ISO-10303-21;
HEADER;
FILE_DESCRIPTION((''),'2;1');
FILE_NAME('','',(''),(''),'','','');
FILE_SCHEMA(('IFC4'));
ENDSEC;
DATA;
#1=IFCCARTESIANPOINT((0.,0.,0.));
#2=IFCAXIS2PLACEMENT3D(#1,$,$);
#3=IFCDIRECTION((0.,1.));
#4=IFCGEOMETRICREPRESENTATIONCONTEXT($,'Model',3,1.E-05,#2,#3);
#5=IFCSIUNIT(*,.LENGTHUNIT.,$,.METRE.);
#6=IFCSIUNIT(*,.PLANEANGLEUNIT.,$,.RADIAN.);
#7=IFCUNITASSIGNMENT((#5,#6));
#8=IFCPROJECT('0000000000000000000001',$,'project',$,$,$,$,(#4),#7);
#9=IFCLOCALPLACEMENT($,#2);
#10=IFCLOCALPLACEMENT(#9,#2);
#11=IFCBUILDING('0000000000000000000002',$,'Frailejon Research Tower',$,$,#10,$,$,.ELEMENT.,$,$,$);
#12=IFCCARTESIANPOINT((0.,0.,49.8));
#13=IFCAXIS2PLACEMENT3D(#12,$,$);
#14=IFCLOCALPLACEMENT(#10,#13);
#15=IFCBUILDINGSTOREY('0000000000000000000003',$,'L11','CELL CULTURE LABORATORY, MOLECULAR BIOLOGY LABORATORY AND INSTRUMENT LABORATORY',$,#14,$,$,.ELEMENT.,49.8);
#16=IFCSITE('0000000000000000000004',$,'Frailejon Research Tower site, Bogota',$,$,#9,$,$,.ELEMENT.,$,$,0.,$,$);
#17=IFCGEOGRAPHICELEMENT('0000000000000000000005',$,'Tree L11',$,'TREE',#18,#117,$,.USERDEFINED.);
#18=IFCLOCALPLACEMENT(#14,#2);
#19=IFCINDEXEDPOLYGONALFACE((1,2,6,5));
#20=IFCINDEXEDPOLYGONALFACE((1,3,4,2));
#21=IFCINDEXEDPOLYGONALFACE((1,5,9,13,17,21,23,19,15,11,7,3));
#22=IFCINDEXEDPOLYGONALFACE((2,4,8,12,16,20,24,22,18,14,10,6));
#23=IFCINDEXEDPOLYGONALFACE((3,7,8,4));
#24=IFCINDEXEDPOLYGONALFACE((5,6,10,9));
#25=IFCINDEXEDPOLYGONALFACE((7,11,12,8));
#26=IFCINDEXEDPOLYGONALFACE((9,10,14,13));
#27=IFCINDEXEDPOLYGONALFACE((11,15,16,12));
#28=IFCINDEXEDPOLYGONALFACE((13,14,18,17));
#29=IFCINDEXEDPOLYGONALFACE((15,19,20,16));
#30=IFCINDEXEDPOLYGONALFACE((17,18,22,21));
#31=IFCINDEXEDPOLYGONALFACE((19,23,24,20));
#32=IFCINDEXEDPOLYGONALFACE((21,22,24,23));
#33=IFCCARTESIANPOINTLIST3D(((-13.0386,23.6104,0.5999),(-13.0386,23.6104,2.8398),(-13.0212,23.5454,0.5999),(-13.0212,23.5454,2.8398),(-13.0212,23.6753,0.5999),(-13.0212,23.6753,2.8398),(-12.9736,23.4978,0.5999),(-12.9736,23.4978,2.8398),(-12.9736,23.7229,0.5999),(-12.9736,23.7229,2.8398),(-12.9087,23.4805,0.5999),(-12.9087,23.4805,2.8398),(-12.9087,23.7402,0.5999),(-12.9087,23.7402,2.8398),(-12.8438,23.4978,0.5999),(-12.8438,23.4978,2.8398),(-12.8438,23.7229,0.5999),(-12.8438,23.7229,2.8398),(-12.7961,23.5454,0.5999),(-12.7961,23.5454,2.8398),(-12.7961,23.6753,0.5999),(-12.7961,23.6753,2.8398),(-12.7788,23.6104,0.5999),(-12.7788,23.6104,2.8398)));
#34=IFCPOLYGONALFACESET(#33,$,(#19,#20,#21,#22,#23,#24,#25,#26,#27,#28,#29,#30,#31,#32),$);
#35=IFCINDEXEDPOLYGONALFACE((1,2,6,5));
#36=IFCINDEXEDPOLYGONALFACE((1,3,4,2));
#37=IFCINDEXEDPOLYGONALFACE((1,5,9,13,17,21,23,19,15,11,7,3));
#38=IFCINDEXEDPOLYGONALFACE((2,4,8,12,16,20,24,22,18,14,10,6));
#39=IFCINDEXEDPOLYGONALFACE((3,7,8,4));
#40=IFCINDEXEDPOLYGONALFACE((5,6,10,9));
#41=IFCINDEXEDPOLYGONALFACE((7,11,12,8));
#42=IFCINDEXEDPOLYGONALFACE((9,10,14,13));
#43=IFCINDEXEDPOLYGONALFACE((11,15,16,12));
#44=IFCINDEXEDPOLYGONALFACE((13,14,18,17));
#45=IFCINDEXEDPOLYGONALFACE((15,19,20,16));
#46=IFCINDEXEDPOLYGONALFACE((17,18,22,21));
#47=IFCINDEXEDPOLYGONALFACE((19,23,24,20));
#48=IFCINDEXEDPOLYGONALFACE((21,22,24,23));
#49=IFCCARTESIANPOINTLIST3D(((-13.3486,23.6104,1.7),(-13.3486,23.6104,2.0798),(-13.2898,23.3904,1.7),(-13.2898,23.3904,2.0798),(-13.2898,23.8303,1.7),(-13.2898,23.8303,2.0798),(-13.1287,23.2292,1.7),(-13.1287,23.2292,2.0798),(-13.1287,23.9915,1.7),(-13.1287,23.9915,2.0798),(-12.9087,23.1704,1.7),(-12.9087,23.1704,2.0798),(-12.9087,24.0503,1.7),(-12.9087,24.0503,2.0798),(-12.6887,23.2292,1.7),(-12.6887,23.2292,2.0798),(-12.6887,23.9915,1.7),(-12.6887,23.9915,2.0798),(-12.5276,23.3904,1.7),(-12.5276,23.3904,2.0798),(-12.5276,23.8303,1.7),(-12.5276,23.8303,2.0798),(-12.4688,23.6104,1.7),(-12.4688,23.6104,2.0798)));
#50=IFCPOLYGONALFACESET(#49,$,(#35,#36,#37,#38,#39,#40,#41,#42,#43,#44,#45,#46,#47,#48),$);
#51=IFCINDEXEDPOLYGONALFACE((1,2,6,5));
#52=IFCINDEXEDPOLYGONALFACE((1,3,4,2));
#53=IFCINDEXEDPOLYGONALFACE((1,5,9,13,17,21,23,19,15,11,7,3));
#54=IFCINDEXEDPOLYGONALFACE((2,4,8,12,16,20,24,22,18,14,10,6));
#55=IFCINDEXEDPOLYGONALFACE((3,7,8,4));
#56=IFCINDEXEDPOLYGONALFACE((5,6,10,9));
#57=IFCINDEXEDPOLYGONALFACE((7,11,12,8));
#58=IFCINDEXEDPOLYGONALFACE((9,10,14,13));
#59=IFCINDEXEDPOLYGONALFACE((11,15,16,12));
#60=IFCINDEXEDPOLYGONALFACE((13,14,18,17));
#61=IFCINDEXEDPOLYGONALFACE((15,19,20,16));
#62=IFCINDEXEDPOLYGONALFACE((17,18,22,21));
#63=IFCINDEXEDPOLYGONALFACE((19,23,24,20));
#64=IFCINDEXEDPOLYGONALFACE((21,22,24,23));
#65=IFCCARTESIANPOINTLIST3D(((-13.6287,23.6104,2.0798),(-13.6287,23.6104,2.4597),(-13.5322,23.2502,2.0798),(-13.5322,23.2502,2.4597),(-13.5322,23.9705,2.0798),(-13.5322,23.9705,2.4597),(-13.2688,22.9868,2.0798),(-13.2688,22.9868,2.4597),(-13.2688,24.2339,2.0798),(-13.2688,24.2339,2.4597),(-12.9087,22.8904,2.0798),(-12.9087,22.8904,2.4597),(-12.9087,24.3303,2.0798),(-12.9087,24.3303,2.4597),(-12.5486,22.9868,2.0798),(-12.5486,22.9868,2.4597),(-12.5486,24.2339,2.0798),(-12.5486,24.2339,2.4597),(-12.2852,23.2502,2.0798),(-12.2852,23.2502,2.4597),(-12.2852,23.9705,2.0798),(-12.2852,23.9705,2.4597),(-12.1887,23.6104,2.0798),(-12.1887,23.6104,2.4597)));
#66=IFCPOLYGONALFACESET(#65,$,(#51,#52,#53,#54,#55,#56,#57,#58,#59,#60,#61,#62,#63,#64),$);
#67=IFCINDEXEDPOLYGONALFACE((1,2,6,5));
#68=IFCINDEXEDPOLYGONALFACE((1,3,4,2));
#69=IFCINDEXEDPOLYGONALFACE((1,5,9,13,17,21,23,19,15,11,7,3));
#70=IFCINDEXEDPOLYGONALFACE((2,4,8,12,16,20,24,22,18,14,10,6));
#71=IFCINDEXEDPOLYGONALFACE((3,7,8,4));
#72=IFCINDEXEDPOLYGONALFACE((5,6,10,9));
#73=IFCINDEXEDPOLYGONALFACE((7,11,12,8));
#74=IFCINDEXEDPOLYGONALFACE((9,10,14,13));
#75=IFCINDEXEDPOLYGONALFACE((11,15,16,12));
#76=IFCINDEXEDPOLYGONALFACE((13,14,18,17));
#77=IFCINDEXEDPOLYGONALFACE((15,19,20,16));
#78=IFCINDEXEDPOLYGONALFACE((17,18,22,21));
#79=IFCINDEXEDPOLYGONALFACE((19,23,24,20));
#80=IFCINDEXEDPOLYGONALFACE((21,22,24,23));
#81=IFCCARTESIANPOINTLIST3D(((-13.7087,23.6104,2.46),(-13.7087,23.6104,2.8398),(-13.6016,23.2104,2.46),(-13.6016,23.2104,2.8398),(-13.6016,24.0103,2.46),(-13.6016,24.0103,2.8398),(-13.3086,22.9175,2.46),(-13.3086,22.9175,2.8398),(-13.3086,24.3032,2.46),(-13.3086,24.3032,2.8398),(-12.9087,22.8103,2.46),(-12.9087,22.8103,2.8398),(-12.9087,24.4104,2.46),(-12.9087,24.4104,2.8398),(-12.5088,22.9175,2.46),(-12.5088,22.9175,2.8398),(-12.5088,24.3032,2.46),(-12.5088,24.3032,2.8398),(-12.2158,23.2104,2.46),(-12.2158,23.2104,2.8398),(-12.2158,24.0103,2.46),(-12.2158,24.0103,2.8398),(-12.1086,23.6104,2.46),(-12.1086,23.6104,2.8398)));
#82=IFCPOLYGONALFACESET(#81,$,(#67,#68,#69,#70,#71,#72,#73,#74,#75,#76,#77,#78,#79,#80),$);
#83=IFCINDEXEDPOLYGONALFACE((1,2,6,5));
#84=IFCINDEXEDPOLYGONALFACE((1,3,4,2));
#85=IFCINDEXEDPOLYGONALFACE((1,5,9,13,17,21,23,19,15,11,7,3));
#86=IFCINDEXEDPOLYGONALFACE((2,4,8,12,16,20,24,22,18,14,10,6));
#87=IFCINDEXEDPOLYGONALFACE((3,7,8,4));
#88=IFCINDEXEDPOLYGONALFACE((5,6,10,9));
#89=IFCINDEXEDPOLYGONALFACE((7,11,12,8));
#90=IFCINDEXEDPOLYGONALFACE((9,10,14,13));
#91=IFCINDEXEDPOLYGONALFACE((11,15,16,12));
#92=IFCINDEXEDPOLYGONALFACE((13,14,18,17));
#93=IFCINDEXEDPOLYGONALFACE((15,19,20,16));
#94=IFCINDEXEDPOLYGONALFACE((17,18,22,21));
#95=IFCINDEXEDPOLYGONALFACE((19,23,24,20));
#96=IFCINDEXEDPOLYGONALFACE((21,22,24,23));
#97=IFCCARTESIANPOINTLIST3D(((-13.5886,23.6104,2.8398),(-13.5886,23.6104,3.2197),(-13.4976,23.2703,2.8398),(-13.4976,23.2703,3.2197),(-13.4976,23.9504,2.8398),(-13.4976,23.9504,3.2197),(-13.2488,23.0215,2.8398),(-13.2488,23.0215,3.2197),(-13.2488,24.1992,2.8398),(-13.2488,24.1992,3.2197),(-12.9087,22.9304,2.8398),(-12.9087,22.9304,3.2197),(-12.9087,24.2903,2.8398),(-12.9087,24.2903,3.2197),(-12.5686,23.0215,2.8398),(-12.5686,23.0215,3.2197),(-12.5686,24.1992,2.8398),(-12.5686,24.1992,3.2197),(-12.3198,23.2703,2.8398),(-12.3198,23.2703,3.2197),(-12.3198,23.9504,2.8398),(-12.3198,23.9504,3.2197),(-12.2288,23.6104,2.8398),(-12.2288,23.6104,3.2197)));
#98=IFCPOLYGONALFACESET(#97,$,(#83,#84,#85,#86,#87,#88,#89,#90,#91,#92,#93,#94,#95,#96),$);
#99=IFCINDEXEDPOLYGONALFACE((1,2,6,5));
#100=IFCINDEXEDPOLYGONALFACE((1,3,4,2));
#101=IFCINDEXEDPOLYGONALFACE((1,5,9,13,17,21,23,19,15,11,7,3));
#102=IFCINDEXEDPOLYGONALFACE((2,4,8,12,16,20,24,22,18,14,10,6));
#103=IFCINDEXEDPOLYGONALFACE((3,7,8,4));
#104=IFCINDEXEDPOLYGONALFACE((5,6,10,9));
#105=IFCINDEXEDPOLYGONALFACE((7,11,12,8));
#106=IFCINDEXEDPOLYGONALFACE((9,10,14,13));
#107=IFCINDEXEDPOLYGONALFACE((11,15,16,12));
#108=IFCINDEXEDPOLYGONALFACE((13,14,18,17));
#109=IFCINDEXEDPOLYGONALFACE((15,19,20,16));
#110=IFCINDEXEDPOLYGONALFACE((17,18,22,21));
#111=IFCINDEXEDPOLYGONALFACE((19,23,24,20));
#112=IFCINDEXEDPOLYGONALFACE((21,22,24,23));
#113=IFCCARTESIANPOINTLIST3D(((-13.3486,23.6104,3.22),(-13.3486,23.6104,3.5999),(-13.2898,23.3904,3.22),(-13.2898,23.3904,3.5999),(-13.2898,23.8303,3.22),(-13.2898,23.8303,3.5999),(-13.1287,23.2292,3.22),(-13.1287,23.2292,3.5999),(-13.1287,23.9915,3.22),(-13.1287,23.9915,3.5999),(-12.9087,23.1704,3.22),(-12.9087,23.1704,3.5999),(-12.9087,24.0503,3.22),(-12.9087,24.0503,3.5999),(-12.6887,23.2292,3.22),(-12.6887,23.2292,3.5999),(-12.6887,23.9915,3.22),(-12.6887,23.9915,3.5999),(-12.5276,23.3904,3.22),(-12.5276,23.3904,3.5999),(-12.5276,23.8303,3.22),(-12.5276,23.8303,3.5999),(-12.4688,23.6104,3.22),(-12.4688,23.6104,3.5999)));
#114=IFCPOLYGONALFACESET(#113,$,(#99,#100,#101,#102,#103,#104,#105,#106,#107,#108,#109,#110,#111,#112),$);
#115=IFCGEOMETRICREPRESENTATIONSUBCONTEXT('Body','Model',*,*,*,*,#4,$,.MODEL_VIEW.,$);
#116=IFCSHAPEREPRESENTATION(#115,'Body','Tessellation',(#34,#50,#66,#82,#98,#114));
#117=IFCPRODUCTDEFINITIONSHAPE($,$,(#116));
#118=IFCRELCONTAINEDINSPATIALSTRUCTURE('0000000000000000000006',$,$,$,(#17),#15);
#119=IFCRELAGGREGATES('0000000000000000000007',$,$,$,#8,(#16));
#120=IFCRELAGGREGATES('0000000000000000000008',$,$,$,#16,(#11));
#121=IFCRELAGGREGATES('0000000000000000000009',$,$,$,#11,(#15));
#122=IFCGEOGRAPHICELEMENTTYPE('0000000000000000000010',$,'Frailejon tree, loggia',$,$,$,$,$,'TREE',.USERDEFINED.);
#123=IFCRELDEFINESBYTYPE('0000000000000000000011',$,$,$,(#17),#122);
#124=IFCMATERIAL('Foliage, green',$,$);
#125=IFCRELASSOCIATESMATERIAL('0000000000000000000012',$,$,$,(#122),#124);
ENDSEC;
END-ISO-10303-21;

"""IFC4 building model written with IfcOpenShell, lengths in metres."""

from ifc_helpers import new_model, si_unit, direction, frame, origin, place, context, subcontext, project, spatial, polyline, outline, extrude, material, type_object, element, save


model = new_model("IFC4")

# Units and contexts
model_context = context("Model", 3, precision=1e-05, world=origin(), true_north=direction((0.0, 1.0)))
body_context = subcontext(model_context, "Body", "Model", "MODEL_VIEW")
ifc_project = project(units=[si_unit("LENGTHUNIT", "METRE"), si_unit("PLANEANGLEUNIT", "RADIAN")], contexts=[model_context])

# Site, building, storey
site_placement = place(None, origin())
site = spatial("IfcSite", under=ifc_project, at=site_placement, Name="Frailejon Research Tower site, Bogota", CompositionType="ELEMENT", RefElevation=0.0)
building_placement = place(site_placement, origin())
building = spatial("IfcBuilding", under=site, at=building_placement, Name="Frailejon Research Tower", CompositionType="ELEMENT")
storey_placement = place(building_placement, frame((0.0, 0.0, 49.8)))
storey = spatial("IfcBuildingStorey", under=building, at=storey_placement, Name="L11", Description="CELL CULTURE LABORATORY, MOLECULAR BIOLOGY LABORATORY AND INSTRUMENT LABORATORY", CompositionType="ELEMENT", Elevation=49.8)

# Geographic element
ifc_material_1 = material(Name="Foliage, green")
geographic_element_type = type_object("IfcGeographicElementType", Name="Frailejon tree, loggia", ElementType="TREE", PredefinedType="USERDEFINED", material=ifc_material_1)
geographic_element_placement = place(storey_placement, frame((-12.9087, 23.6104, 0.5999)))
element("IfcGeographicElement", 1, at=geographic_element_placement, inside=storey, type_object=geographic_element_type, Name="Tree L11", ObjectType="TREE", PredefinedType="USERDEFINED", context=body_context, shape_type="SweptSolid", body=[
    extrude(outline(polyline([(0.1299, 0.0), (0.1125, 0.0649), (0.0649, 0.1125), (0.0, 0.1299), (-0.0649, 0.1125), (-0.1125, 0.0649), (-0.1299, 0.0), (-0.1125, -0.0649), (-0.0649, -0.1125), (0.0, -0.1299), (0.0649, -0.1125), (0.1125, -0.0649), (0.1299, 0.0)])), origin(), (0.0, 0.0, 1.0), 2.24),
    extrude(outline(polyline([(0.4399, 0.0), (0.3811, 0.22), (0.22, 0.3811), (0.0, 0.4399), (-0.22, 0.3811), (-0.3811, 0.22), (-0.4399, 0.0), (-0.3811, -0.22), (-0.22, -0.3811), (0.0, -0.4399), (0.22, -0.3811), (0.3811, -0.22), (0.4399, 0.0)])), frame((0.0, 0.0, 1.1001)), (0.0, 0.0, 1.0), 0.3799),
    extrude(outline(polyline([(0.72, 0.0), (0.6235, 0.3601), (0.3601, 0.6235), (0.0, 0.72), (-0.3601, 0.6235), (-0.6235, 0.3601), (-0.72, 0.0), (-0.6235, -0.3601), (-0.3601, -0.6235), (0.0, -0.72), (0.3601, -0.6235), (0.6235, -0.3601), (0.72, 0.0)])), frame((0.0, 0.0, 1.48)), (0.0, 0.0, 1.0), 0.3799),
    extrude(outline(polyline([(0.8, 0.0), (0.6929, 0.3999), (0.3999, 0.6929), (0.0, 0.8), (-0.3999, 0.6929), (-0.6929, 0.3999), (-0.8, 0.0), (-0.6929, -0.3999), (-0.3999, -0.6929), (0.0, -0.8), (0.3999, -0.6929), (0.6929, -0.3999), (0.8, 0.0)])), frame((0.0, 0.0, 1.8601)), (0.0, 0.0, 1.0), 0.3799),
    extrude(outline(polyline([(0.6799, 0.0), (0.5889, 0.3401), (0.3401, 0.5889), (0.0, 0.6799), (-0.3401, 0.5889), (-0.5889, 0.3401), (-0.6799, 0.0), (-0.5889, -0.3401), (-0.3401, -0.5889), (0.0, -0.6799), (0.3401, -0.5889), (0.5889, -0.3401), (0.6799, 0.0)])), frame((0.0, 0.0, 2.24)), (0.0, 0.0, 1.0), 0.3799),
    extrude(outline(polyline([(0.4399, 0.0), (0.3811, 0.22), (0.22, 0.3811), (0.0, 0.4399), (-0.22, 0.3811), (-0.3811, 0.22), (-0.4399, 0.0), (-0.3811, -0.22), (-0.22, -0.3811), (0.0, -0.4399), (0.22, -0.3811), (0.3811, -0.22), (0.4399, 0.0)])), frame((0.0, 0.0, 2.6201)), (0.0, 0.0, 1.0), 0.3799),
])

save(model, "model.ifc")
